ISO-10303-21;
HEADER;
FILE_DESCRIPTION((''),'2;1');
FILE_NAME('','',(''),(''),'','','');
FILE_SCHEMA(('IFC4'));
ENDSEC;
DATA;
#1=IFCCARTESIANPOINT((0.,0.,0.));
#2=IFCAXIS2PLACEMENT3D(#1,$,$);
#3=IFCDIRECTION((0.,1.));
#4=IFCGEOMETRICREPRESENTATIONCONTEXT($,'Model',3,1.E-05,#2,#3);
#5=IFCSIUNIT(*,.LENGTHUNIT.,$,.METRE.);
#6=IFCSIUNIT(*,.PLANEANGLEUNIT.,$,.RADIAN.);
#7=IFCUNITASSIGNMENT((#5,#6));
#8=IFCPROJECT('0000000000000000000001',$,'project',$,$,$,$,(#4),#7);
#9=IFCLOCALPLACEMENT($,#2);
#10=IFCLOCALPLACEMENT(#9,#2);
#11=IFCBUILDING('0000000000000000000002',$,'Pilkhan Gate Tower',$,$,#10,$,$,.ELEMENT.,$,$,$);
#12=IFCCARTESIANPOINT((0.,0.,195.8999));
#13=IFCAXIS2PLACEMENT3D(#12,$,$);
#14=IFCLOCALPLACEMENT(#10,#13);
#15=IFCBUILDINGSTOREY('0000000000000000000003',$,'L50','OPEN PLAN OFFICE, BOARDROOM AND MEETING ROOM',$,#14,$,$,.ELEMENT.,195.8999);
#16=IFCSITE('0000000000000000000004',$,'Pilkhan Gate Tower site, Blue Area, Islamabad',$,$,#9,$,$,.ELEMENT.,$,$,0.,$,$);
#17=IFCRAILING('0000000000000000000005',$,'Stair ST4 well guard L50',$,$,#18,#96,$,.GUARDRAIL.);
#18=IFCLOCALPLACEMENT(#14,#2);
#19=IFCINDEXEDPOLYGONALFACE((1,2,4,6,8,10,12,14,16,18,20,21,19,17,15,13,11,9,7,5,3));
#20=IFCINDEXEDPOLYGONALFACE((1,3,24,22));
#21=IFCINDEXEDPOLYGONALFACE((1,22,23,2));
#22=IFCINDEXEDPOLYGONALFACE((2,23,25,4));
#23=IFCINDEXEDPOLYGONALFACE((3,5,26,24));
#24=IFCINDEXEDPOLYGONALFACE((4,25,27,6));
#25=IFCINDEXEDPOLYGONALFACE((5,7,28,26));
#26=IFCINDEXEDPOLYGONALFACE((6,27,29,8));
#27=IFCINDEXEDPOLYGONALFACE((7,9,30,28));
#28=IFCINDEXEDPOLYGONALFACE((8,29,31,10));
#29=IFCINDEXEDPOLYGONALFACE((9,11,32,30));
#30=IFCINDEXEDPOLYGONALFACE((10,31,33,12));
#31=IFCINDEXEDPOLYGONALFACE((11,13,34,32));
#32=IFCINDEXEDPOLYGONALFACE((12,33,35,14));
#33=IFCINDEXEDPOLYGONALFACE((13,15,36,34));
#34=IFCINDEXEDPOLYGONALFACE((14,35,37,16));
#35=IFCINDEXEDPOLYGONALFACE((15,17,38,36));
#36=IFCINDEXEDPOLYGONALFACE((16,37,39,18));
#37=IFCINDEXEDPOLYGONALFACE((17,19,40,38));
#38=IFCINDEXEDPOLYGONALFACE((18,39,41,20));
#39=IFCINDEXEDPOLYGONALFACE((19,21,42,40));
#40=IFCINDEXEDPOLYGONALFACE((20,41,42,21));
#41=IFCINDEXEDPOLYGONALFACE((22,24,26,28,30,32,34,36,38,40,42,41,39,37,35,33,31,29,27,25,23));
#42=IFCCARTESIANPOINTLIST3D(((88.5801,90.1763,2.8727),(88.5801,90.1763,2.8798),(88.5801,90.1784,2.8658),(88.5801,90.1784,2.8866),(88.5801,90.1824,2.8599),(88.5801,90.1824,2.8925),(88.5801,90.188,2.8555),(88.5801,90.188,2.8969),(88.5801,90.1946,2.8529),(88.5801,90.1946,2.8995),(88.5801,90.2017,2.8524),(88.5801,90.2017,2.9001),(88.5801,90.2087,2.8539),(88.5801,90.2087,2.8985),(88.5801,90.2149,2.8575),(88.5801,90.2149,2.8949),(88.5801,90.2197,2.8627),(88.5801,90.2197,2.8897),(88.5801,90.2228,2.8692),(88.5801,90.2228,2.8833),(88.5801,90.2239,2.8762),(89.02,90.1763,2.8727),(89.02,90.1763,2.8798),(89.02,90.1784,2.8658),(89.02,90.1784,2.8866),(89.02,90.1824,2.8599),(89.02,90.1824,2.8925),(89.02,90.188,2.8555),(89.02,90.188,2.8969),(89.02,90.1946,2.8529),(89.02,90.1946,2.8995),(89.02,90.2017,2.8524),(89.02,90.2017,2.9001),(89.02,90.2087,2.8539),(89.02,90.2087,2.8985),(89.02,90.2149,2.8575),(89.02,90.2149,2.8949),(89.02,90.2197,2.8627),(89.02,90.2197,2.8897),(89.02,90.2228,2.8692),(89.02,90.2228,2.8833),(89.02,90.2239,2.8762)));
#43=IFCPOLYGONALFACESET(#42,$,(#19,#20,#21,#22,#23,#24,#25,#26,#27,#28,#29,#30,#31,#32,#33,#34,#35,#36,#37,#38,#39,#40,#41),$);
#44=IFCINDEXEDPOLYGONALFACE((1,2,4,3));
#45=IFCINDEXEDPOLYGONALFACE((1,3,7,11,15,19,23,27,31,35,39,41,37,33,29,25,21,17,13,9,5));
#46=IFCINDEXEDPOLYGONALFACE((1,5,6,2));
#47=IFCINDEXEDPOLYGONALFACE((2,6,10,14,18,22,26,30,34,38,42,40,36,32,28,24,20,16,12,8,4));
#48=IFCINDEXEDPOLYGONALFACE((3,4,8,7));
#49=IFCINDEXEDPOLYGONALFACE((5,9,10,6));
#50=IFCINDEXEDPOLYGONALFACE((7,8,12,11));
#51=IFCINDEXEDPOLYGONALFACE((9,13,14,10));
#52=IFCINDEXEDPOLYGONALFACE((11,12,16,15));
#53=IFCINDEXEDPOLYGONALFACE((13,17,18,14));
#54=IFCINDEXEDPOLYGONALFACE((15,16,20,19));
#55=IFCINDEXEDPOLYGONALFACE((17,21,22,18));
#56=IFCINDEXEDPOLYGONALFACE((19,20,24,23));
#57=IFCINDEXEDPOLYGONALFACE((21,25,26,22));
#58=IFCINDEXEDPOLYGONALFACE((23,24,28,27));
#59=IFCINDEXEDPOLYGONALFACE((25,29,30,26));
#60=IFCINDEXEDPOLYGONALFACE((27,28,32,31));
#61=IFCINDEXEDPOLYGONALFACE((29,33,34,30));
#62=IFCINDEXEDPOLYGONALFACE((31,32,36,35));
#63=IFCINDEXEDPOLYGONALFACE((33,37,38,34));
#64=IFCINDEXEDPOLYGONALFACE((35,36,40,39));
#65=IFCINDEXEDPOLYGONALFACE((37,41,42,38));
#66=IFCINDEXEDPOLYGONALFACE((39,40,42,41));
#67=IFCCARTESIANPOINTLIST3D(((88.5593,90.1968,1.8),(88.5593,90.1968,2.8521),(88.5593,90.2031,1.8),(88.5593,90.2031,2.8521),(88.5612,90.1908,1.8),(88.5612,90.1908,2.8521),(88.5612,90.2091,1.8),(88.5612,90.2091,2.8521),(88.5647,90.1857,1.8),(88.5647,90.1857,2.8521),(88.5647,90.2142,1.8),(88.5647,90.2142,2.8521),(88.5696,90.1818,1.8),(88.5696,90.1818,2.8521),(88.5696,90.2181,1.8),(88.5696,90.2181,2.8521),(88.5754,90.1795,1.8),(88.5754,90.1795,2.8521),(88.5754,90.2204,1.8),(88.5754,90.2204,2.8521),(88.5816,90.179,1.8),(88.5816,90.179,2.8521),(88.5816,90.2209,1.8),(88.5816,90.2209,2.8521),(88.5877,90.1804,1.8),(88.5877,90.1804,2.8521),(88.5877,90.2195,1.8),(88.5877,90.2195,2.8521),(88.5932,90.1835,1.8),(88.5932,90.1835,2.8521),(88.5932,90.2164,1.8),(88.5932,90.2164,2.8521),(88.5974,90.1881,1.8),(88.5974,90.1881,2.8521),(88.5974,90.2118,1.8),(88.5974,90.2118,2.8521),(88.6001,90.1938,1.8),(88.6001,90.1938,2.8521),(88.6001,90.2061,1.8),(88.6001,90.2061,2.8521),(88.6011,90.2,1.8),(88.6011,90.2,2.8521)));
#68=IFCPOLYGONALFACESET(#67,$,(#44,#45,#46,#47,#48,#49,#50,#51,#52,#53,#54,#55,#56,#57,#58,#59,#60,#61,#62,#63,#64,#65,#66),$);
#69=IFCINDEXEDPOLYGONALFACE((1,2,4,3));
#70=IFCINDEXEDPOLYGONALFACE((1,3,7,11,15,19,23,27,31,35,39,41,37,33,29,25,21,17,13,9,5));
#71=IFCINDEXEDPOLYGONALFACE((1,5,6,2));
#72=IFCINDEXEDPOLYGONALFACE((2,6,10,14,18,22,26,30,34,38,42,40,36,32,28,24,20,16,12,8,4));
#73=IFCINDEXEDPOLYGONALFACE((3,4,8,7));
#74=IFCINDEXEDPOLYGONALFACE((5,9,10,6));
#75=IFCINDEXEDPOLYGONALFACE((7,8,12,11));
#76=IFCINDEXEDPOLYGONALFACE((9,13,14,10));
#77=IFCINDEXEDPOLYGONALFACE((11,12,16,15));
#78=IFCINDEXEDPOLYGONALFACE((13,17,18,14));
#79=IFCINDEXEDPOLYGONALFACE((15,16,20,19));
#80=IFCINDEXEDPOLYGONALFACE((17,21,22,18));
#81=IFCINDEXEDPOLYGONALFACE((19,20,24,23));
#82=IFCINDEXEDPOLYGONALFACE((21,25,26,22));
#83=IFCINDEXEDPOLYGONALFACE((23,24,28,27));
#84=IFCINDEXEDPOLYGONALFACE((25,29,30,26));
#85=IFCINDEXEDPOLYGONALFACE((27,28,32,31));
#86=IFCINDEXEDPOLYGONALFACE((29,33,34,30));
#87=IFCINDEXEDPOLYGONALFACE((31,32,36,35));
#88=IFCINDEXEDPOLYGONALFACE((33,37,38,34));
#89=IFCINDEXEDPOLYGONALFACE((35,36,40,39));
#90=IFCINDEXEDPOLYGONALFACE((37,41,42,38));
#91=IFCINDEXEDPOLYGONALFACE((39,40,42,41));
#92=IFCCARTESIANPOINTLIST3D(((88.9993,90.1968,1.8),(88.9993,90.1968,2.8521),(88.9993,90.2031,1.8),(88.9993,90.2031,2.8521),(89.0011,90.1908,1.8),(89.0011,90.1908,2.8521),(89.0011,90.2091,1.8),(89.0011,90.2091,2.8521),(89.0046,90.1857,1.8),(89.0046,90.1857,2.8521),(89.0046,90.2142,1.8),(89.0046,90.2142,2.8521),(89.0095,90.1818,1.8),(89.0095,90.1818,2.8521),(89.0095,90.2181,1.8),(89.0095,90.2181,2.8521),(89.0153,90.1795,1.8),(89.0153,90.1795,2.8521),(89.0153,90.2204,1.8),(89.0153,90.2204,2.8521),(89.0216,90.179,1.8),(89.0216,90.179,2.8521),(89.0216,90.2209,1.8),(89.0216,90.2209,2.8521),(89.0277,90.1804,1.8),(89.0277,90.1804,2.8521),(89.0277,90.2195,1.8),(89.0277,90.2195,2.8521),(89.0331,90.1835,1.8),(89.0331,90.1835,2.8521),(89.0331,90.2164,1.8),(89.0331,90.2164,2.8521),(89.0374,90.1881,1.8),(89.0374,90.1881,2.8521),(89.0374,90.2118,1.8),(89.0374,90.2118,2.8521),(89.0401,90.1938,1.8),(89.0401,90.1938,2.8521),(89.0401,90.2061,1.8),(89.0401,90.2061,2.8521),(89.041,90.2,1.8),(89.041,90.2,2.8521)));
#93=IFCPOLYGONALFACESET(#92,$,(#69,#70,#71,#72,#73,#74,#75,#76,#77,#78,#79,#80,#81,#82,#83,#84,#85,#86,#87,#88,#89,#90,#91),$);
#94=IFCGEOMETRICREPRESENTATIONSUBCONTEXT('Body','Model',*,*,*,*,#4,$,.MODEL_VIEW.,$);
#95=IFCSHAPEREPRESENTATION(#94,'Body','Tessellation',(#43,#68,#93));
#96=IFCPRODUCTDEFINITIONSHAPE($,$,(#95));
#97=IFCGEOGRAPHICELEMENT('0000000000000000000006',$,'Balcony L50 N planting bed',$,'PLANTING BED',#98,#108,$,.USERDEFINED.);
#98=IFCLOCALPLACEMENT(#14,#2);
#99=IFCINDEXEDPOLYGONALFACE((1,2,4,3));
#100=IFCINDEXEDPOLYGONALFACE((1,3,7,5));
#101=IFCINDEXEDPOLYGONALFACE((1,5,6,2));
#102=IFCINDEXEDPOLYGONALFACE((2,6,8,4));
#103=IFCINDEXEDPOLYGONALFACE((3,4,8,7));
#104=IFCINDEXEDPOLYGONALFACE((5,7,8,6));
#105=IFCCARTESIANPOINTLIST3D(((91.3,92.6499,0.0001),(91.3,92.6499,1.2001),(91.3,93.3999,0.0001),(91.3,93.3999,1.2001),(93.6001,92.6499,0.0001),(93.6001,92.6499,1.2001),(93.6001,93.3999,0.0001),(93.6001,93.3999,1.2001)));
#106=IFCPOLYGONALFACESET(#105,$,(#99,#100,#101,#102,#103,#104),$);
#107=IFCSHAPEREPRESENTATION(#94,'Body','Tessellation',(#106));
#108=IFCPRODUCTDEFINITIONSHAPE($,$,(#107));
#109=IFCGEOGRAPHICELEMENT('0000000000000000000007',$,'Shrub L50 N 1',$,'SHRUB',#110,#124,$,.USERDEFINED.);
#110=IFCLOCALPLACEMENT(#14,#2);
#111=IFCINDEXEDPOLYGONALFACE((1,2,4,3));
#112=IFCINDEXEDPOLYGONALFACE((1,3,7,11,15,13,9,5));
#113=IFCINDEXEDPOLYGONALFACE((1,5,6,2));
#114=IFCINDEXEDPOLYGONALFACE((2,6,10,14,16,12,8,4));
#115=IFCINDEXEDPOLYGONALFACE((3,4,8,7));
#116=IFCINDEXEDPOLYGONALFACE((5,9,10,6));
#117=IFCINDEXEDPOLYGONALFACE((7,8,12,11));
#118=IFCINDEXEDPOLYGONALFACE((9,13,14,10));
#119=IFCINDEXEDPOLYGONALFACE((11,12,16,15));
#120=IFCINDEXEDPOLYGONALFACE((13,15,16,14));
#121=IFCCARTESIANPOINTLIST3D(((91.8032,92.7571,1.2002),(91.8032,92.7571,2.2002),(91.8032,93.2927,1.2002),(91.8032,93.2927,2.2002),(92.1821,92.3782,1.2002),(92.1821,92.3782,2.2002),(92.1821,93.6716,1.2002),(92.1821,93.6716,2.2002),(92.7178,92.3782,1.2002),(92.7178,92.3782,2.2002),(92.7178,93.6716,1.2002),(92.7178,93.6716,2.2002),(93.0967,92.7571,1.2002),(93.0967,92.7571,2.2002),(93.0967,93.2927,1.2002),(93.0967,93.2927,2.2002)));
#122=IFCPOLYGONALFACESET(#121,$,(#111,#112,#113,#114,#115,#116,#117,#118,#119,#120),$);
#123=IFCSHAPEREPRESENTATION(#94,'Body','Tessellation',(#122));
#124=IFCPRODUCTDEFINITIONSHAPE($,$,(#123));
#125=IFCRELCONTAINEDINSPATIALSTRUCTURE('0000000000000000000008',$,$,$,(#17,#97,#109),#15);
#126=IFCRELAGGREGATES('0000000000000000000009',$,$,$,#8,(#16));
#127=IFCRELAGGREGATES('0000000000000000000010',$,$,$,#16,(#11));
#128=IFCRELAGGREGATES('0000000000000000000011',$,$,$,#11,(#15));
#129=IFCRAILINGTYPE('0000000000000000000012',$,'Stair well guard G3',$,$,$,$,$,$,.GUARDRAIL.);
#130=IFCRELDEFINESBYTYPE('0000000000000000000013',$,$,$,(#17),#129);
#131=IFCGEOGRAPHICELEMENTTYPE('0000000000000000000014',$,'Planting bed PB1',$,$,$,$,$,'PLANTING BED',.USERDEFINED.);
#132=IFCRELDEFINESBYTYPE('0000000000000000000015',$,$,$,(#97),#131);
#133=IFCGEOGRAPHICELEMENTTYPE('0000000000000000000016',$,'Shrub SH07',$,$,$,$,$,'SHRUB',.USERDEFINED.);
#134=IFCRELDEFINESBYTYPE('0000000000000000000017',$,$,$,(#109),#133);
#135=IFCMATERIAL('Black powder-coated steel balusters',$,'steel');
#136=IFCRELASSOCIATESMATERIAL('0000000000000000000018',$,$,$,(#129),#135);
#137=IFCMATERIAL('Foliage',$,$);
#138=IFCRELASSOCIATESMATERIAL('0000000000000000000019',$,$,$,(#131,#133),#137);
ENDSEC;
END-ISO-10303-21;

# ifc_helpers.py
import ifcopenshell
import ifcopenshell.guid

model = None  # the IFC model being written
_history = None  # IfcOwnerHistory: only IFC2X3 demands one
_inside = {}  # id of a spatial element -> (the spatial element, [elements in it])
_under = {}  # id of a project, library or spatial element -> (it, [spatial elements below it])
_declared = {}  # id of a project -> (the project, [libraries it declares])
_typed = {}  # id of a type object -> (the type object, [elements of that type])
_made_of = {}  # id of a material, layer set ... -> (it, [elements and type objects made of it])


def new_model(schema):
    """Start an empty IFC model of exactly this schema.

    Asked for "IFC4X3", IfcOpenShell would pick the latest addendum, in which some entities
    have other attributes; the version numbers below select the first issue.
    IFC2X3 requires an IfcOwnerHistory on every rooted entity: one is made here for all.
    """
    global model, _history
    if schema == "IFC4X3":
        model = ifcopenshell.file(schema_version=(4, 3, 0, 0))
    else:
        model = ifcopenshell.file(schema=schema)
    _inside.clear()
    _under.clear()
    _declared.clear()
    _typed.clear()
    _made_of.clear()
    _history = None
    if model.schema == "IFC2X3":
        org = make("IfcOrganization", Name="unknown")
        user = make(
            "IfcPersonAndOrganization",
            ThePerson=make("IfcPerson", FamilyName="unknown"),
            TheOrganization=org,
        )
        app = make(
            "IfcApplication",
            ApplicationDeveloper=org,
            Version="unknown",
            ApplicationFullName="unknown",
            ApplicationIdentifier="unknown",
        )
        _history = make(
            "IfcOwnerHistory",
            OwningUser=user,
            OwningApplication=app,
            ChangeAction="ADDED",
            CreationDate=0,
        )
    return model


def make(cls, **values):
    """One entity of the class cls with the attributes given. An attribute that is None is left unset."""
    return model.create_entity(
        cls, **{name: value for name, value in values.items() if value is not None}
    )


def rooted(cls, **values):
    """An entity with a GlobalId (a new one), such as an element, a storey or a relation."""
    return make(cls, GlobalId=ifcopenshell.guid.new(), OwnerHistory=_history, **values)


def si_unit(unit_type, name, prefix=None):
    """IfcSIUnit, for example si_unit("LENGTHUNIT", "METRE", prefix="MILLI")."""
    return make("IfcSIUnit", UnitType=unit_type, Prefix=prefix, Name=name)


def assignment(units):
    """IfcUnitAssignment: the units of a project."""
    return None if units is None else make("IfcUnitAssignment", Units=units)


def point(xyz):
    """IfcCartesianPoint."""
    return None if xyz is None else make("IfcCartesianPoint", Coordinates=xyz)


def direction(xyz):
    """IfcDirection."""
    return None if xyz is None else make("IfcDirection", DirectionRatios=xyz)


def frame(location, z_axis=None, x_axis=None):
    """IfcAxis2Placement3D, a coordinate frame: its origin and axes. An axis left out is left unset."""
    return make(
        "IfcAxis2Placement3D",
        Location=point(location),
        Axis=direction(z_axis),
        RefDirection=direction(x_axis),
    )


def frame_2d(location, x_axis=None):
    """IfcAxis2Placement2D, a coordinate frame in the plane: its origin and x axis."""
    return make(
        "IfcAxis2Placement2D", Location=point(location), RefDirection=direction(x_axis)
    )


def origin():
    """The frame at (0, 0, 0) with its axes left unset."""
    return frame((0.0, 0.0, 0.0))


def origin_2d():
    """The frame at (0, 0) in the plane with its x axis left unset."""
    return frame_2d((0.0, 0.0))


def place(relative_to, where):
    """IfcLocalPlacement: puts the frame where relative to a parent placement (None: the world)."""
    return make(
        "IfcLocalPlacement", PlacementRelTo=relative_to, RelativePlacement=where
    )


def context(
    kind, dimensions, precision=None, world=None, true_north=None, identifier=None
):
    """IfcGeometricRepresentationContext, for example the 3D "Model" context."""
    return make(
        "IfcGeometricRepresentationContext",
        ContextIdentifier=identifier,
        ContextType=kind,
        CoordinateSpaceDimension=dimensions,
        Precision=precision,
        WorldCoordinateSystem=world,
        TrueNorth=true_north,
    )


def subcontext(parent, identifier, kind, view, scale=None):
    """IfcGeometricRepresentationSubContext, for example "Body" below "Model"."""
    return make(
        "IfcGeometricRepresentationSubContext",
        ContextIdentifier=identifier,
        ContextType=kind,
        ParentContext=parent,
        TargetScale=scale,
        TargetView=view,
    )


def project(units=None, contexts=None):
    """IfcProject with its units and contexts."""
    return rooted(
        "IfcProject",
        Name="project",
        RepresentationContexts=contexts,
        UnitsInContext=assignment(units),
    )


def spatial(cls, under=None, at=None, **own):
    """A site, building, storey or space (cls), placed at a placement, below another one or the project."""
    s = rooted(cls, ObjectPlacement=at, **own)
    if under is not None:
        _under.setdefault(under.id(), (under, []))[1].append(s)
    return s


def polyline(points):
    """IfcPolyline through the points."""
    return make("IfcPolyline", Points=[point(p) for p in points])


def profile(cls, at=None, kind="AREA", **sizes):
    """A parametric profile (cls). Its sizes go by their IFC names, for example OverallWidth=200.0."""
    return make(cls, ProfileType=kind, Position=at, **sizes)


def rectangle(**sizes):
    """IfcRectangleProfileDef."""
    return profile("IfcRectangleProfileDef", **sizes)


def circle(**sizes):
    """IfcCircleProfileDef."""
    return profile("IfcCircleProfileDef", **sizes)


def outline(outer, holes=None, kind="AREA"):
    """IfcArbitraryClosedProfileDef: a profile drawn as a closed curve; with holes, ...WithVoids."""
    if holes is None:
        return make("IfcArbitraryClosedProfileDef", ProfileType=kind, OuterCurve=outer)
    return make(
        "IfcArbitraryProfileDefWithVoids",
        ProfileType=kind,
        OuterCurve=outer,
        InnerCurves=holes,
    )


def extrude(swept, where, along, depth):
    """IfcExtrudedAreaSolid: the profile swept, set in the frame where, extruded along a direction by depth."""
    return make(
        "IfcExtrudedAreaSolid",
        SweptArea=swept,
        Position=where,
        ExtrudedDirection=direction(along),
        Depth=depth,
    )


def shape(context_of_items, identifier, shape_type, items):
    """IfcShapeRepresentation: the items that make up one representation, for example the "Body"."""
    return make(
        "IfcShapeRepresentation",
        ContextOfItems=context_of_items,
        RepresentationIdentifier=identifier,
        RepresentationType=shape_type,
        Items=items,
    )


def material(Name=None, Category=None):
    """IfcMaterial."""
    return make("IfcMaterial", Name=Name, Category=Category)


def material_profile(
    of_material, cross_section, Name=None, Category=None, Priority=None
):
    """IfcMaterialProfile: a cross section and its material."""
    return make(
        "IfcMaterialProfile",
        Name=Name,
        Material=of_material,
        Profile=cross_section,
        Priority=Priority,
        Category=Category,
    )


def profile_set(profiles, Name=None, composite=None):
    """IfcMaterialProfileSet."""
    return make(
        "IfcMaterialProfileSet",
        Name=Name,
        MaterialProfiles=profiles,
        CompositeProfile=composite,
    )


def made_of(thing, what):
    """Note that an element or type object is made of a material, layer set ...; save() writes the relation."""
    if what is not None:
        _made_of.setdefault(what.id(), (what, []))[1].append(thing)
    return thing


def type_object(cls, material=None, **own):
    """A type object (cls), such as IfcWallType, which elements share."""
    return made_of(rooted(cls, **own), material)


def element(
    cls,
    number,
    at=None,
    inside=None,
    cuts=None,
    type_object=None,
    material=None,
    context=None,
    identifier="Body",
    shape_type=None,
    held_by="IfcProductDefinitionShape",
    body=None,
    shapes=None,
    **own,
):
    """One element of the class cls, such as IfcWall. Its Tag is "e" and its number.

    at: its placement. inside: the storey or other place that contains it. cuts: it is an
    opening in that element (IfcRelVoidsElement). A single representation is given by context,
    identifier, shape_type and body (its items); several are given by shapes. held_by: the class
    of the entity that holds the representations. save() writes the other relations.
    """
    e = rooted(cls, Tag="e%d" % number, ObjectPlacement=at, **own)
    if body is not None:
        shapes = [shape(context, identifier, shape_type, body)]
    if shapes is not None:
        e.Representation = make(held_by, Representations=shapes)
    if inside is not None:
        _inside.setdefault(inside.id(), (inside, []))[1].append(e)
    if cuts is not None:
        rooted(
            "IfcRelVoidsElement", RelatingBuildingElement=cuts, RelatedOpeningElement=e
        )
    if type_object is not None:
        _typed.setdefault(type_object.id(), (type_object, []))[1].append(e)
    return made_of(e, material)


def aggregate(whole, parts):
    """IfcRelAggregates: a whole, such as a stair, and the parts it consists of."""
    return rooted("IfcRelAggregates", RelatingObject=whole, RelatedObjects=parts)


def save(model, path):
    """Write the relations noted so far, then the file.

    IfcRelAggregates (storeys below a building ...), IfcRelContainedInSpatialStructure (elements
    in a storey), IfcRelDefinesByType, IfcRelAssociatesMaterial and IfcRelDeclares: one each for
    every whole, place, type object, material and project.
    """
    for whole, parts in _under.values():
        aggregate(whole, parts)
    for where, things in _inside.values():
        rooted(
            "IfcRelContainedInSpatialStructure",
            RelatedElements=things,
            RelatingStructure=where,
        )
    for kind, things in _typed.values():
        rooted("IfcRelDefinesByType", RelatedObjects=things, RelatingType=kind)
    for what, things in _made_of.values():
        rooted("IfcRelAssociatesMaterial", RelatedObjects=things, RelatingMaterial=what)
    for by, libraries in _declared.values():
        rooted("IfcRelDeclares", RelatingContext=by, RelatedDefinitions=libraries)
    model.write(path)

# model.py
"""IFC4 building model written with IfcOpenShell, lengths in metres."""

from ifc_helpers import new_model, si_unit, direction, frame, origin, origin_2d, place, context, subcontext, project, spatial, polyline, rectangle, circle, outline, extrude, material, material_profile, profile_set, type_object, element, save


model = new_model("IFC4")

# Units and contexts
model_context = context("Model", 3, precision=1e-05, world=origin(), true_north=direction((0.0, 1.0)))
body_context = subcontext(model_context, "Body", "Model", "MODEL_VIEW")
ifc_project = project(units=[si_unit("LENGTHUNIT", "METRE"), si_unit("PLANEANGLEUNIT", "RADIAN")], contexts=[model_context])

# Site, building, storey
site_placement = place(None, origin())
site = spatial("IfcSite", under=ifc_project, at=site_placement, Name="Pilkhan Gate Tower site, Blue Area, Islamabad", CompositionType="ELEMENT", RefElevation=0.0)
building_placement = place(site_placement, origin())
building = spatial("IfcBuilding", under=site, at=building_placement, Name="Pilkhan Gate Tower", CompositionType="ELEMENT")
storey_placement = place(building_placement, frame((0.0, 0.0, 195.8999)))
storey = spatial("IfcBuildingStorey", under=building, at=storey_placement, Name="L50", Description="OPEN PLAN OFFICE, BOARDROOM AND MEETING ROOM", CompositionType="ELEMENT", Elevation=195.8999)

# Railing
ifc_material_1 = material(Name="Black powder-coated steel balusters", Category="steel")
railing_type_1 = type_object("IfcRailingType", Name="Stair well guard G3", PredefinedType="GUARDRAIL", material=ifc_material_1)
railing_1_placement = place(storey_placement, frame((88.5801, 90.2, 1.8)))
element("IfcRailing", 1, at=railing_1_placement, inside=storey, type_object=railing_type_1, Name="Stair ST4 well guard L50", PredefinedType="GUARDRAIL", context=body_context, shape_type="SweptSolid", body=[
    extrude(circle(Radius=0.0239, at=origin_2d()), frame((0.0, 0.0, 1.0762), z_axis=(1.0, 0.0, 0.0), x_axis=(0.0, 1.0, 0.0)), (0.0, 0.0, 1.0), 0.4399),
    extrude(circle(Radius=0.021, at=origin_2d()), origin(), (0.0, 0.0, 1.0), 1.052),
    extrude(circle(Radius=0.021, at=origin_2d()), frame((0.4399, 0.0, 0.0)), (0.0, 0.0, 1.0), 1.052),
])

# Geographic elements
ifc_material_2 = material(Name="Foliage")
ifc_material_profile_1 = material_profile(ifc_material_2, rectangle(XDim=0.75, YDim=1.2, at=origin_2d()), Name="Bed 750x1200")
ifc_profile_set_1 = profile_set([ifc_material_profile_1], Name="Foliage")
geographic_element_type_1 = type_object("IfcGeographicElementType", Name="Planting bed PB1", ElementType="PLANTING BED", PredefinedType="USERDEFINED", material=ifc_profile_set_1)
geographic_element_1_placement = place(storey_placement, frame((91.3, 93.0249, 0.6001), z_axis=(1.0, 0.0, 0.0), x_axis=(0.0, 1.0, 0.0)))
element("IfcGeographicElement", 2, at=geographic_element_1_placement, inside=storey, type_object=geographic_element_type_1, Name="Balcony L50 N planting bed", ObjectType="PLANTING BED", PredefinedType="USERDEFINED", context=body_context, shape_type="SweptSolid", body=[
    extrude(rectangle(XDim=0.75, YDim=1.2, at=origin_2d()), origin(), (0.0, 0.0, 1.0), 2.3),
])
ifc_material_profile_2 = material_profile(ifc_material_2, outline(polyline([(0.6467, 0.2678), (0.2678, 0.6467), (-0.2678, 0.6467), (-0.6467, 0.2678), (-0.6467, -0.2678), (-0.2678, -0.6467), (0.2678, -0.6467), (0.6467, -0.2678), (0.6467, 0.2678)])), Name="Shrub D1.4")
ifc_profile_set_2 = profile_set([ifc_material_profile_2], Name="Foliage")
geographic_element_type_2 = type_object("IfcGeographicElementType", Name="Shrub SH07", ElementType="SHRUB", PredefinedType="USERDEFINED", material=ifc_profile_set_2)
geographic_element_2_placement = place(storey_placement, frame((92.45, 93.0249, 1.2002), z_axis=(0.0, 0.0, 1.0), x_axis=(1.0, 0.0, 0.0)))
element("IfcGeographicElement", 3, at=geographic_element_2_placement, inside=storey, type_object=geographic_element_type_2, Name="Shrub L50 N 1", ObjectType="SHRUB", PredefinedType="USERDEFINED", context=body_context, shape_type="SweptSolid", body=[
    extrude(outline(polyline([(0.6467, 0.2678), (0.2678, 0.6467), (-0.2678, 0.6467), (-0.6467, 0.2678), (-0.6467, -0.2678), (-0.2678, -0.6467), (0.2678, -0.6467), (0.6467, -0.2678), (0.6467, 0.2678)])), origin(), (0.0, 0.0, 1.0), 1.0),
])

save(model, "model.ifc")
